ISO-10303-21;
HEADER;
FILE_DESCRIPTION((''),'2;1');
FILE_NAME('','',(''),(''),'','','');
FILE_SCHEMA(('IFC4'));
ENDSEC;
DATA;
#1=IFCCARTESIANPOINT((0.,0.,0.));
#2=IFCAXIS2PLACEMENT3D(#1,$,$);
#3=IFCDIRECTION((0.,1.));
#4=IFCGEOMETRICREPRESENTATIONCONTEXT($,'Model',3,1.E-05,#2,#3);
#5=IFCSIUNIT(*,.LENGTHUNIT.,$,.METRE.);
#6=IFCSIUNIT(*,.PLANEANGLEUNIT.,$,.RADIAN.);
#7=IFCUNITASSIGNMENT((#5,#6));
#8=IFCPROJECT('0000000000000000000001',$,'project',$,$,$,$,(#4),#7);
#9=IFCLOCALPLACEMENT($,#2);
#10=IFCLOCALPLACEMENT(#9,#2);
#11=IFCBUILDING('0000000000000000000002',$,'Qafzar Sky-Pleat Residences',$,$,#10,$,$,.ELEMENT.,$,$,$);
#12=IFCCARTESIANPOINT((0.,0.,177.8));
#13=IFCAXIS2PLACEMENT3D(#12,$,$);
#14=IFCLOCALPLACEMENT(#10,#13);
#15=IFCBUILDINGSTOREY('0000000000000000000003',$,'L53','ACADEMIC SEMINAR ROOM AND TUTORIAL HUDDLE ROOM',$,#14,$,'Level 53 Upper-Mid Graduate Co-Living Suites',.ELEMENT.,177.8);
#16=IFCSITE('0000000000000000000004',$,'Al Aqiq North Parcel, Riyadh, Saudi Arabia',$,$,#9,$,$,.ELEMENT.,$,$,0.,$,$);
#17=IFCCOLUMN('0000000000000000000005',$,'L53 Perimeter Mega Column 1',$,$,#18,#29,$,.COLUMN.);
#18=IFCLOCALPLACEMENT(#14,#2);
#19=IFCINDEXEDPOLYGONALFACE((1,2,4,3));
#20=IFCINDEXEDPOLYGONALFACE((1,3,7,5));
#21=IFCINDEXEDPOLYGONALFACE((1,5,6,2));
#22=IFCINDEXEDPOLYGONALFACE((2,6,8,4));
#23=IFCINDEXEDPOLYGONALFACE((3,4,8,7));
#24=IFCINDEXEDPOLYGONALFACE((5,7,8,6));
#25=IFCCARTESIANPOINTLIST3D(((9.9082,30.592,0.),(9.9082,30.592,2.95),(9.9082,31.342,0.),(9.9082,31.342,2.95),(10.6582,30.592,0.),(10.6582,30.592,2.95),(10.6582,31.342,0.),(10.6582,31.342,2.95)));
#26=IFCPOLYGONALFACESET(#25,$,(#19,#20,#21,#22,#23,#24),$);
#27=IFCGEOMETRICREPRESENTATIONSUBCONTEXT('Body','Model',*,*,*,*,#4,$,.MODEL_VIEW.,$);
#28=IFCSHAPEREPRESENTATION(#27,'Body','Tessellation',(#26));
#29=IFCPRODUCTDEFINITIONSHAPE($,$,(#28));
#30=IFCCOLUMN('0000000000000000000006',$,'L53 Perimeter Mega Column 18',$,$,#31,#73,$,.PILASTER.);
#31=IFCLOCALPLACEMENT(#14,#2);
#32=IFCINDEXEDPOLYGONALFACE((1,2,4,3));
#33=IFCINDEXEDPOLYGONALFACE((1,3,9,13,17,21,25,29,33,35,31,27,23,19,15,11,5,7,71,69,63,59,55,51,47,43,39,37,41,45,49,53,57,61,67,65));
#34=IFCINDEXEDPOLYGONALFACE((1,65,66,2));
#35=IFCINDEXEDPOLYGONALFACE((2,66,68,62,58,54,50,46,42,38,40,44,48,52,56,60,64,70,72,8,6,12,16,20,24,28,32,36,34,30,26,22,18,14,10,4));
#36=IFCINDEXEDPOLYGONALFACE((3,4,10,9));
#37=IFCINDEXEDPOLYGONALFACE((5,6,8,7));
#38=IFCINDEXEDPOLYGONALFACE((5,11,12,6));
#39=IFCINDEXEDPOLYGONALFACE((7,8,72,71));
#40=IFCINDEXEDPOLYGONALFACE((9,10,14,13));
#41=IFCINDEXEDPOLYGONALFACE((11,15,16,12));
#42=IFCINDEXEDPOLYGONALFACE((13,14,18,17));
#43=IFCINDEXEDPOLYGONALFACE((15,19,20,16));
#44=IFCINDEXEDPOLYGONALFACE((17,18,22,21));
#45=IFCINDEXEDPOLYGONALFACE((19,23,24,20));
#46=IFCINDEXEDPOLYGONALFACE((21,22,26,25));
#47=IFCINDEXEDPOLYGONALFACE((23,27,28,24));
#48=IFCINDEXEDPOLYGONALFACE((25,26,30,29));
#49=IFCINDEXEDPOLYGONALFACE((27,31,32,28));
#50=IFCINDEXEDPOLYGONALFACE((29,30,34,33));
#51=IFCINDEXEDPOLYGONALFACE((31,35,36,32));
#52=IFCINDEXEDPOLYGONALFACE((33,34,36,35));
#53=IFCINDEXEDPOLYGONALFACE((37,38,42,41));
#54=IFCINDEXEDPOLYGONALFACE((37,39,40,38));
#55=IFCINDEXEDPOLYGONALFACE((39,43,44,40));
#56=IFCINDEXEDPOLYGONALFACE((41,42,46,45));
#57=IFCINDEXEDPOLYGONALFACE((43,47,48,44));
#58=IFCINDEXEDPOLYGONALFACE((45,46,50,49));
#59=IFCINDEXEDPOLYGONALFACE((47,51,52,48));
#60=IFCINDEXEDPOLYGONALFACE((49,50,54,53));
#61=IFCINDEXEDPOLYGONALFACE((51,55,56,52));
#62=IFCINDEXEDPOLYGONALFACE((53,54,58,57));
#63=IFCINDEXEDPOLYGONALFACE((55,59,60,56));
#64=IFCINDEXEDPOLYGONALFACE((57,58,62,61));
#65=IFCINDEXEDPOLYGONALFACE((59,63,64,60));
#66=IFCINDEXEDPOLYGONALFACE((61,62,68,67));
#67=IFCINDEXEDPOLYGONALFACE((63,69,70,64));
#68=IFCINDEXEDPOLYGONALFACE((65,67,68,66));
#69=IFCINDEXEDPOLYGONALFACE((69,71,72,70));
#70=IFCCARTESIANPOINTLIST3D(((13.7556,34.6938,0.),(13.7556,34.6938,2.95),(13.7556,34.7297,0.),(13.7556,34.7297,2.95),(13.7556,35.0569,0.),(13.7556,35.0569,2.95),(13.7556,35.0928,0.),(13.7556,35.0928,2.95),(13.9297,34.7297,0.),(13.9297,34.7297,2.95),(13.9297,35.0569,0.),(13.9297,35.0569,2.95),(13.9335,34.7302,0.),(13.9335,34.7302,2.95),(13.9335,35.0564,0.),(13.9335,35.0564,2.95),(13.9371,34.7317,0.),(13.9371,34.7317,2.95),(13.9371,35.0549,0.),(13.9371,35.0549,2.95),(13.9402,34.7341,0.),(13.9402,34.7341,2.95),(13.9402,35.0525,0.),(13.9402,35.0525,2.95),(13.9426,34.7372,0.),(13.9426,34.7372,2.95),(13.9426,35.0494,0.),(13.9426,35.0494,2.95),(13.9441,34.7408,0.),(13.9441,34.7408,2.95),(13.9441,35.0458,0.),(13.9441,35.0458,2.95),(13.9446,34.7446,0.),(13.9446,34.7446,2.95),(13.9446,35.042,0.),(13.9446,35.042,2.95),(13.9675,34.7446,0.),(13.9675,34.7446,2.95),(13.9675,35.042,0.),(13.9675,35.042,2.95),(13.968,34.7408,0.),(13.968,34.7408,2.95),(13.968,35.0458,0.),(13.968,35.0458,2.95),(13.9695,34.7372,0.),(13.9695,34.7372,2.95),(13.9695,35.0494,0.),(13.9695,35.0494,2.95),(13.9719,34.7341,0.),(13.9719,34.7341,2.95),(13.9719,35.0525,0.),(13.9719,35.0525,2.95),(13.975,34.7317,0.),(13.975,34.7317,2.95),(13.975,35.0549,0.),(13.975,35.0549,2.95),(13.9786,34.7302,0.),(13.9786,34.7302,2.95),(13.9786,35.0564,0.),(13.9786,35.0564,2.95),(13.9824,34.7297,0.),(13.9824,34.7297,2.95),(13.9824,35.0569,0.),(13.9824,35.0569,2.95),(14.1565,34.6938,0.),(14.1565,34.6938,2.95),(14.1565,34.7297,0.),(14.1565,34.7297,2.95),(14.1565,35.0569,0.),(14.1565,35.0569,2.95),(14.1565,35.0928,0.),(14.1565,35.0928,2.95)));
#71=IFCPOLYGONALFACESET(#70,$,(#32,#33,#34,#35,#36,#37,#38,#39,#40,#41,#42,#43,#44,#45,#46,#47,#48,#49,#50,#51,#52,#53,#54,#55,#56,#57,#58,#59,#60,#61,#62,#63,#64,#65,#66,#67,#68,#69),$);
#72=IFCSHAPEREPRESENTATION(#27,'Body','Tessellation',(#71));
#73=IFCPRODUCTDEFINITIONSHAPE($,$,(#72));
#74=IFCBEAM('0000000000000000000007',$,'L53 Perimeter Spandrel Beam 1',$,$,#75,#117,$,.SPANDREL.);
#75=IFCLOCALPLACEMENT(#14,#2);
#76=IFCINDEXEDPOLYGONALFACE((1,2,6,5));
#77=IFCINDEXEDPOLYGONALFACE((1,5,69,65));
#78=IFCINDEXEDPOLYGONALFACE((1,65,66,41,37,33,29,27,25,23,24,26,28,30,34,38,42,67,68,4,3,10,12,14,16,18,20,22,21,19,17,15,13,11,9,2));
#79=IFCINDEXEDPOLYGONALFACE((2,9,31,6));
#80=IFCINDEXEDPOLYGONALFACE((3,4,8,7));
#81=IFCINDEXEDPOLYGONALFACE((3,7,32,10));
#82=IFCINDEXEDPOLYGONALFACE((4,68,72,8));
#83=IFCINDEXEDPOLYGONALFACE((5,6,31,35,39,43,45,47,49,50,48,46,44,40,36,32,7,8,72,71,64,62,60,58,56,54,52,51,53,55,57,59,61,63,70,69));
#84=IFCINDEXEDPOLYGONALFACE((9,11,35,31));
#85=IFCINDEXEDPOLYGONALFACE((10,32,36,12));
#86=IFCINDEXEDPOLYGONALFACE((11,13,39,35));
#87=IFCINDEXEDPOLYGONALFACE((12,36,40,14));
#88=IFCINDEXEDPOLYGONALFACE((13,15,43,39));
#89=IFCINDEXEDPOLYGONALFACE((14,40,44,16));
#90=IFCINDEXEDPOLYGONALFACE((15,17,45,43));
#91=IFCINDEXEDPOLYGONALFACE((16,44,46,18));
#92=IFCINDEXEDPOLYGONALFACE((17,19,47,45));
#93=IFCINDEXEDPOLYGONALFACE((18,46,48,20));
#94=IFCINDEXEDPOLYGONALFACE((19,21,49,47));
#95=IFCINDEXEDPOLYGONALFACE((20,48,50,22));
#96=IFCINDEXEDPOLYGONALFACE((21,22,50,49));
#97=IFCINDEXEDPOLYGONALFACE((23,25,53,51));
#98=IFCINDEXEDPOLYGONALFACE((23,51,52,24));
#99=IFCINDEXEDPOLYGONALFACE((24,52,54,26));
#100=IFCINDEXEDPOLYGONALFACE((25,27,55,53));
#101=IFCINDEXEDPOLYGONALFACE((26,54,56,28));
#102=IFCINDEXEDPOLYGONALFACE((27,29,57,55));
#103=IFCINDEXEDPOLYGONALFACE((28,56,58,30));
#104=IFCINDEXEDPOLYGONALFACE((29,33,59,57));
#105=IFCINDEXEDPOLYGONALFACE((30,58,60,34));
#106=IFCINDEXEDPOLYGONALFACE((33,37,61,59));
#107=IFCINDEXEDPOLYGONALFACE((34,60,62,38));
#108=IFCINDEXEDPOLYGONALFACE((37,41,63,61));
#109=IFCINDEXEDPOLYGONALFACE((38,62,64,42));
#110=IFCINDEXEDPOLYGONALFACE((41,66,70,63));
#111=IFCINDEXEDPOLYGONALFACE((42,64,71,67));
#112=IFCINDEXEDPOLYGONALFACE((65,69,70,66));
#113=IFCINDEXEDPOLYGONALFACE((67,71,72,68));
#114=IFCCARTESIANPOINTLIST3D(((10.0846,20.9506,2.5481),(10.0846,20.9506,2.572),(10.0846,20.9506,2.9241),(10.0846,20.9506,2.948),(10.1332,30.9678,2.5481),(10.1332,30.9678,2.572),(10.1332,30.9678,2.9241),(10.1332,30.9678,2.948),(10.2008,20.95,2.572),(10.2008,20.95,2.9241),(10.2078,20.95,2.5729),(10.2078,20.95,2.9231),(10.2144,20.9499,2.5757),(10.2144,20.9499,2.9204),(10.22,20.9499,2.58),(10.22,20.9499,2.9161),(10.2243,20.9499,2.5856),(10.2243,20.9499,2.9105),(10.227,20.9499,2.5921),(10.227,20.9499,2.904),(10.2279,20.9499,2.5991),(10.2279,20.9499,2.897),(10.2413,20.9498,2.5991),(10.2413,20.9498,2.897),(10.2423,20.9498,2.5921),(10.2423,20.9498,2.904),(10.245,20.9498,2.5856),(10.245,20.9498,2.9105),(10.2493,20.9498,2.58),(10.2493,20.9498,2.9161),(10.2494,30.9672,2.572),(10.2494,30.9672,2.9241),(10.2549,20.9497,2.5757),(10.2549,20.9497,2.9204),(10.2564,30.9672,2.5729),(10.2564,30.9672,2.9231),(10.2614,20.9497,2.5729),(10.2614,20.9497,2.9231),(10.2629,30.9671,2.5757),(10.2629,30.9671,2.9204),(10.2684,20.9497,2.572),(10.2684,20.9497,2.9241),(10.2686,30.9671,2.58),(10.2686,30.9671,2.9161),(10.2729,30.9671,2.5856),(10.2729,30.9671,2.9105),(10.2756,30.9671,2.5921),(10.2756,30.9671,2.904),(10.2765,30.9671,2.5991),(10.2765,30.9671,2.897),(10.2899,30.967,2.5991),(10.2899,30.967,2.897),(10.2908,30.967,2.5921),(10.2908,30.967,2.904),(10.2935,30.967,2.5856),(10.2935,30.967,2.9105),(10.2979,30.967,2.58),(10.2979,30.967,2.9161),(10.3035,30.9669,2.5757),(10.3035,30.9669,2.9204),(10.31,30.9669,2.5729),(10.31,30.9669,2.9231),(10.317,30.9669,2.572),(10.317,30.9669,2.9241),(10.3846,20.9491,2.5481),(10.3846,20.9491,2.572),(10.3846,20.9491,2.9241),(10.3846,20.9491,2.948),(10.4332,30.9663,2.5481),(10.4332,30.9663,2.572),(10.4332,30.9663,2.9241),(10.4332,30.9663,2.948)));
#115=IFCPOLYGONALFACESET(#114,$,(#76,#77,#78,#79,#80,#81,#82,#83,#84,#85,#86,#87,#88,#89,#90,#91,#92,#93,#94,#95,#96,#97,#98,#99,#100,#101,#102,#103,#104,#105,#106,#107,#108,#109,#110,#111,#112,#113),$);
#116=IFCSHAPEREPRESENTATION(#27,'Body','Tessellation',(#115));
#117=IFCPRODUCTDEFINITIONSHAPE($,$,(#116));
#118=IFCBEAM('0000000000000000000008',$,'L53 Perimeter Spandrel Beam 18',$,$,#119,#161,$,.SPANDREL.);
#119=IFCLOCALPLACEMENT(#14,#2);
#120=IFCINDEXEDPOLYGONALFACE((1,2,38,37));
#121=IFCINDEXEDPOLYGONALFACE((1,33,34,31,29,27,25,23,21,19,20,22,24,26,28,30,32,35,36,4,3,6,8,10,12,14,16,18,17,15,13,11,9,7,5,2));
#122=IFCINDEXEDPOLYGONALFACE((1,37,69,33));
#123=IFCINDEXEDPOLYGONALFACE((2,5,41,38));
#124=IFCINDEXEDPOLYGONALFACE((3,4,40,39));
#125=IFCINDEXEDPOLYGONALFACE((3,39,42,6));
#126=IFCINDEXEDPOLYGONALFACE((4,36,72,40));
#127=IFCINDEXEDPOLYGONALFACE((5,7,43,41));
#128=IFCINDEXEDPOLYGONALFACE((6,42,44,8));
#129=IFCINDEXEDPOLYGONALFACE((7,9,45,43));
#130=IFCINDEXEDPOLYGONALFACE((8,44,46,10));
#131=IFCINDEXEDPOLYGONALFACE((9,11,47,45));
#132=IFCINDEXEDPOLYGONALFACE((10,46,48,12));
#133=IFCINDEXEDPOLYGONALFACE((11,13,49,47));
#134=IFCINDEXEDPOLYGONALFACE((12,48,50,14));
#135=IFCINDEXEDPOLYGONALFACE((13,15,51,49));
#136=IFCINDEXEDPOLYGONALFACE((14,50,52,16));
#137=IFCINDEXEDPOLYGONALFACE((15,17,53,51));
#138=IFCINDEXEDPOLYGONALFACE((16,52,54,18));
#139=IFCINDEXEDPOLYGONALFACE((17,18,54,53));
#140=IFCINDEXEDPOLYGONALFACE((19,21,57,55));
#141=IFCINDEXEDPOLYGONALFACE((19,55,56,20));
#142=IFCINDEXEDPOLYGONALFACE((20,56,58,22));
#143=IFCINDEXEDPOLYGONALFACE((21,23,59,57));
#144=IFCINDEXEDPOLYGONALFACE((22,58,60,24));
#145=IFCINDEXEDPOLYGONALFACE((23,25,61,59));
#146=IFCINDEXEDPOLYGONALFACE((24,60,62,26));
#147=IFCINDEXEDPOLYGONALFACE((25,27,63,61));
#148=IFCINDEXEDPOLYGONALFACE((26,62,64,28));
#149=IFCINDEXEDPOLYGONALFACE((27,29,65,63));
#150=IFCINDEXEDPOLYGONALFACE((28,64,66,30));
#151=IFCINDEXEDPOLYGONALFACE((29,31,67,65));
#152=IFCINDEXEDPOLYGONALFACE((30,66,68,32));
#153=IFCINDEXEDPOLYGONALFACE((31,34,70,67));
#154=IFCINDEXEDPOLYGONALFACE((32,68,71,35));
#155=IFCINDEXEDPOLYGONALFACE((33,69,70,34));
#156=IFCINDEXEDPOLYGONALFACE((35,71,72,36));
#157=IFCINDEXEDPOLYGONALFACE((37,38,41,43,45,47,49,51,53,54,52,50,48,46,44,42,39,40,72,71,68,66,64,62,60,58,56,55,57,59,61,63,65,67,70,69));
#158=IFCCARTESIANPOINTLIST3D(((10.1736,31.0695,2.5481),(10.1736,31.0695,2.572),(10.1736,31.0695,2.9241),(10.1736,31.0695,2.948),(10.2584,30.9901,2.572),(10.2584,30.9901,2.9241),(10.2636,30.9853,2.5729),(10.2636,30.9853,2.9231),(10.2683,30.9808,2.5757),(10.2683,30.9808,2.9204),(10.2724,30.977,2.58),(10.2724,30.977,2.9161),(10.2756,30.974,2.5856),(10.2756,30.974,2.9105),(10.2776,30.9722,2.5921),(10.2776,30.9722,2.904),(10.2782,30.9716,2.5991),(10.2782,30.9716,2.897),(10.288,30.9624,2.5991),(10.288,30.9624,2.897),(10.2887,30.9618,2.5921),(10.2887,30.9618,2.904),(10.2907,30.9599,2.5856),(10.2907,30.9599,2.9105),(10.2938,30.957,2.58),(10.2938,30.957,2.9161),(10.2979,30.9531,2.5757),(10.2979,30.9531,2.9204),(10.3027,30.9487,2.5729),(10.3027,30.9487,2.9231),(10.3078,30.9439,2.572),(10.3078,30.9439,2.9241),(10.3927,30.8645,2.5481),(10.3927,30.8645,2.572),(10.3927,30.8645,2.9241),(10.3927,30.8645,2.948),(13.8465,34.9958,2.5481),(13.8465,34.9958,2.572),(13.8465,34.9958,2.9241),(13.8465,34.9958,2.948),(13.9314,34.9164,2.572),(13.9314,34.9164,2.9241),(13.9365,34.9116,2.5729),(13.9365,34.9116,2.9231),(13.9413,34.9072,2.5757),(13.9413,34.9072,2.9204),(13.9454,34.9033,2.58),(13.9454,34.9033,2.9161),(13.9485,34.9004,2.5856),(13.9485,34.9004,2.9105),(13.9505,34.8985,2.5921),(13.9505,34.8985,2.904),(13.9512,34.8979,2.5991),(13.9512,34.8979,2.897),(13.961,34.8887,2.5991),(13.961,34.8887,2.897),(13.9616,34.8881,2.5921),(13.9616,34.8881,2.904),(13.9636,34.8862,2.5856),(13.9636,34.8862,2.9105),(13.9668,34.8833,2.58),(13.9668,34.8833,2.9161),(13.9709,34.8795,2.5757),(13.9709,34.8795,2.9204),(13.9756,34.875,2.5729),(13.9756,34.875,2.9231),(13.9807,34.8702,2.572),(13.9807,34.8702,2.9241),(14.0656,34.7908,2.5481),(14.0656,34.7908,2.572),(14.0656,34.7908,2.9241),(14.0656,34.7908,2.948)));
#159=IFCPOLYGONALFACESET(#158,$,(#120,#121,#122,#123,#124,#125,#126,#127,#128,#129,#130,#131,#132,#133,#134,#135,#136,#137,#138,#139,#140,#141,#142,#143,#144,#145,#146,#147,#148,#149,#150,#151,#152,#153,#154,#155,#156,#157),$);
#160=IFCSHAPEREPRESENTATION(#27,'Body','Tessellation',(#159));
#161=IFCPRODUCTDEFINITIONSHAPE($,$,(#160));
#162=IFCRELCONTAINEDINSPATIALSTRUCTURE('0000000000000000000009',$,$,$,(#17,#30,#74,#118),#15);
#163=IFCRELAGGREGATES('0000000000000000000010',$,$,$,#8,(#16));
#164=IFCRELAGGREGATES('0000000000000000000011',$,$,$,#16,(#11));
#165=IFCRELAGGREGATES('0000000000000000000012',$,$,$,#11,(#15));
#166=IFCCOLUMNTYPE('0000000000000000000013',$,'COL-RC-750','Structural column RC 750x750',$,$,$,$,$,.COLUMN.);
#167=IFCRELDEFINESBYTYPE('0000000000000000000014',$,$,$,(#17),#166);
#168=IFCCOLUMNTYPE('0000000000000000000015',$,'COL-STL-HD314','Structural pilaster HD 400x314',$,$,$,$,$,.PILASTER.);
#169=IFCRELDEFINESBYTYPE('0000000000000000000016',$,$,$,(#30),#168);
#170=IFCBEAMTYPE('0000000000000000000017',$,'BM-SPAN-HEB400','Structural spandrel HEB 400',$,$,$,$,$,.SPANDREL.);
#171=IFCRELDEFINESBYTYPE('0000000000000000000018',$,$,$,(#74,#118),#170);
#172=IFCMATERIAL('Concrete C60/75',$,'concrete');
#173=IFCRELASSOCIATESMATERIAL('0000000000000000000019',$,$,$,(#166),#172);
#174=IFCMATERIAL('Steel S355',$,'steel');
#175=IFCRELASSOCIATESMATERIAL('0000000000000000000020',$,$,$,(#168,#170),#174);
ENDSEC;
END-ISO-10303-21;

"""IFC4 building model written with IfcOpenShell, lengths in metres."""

from ifc_helpers import new_model, si_unit, direction, frame, origin, origin_2d, place, context, subcontext, project, spatial, rectangle, i_section, extrude, source, transform, mapped, material, material_profile, profile_set, type_object, element, save


model = new_model("IFC4")

# Units and contexts
model_context = context("Model", 3, precision=1e-05, world=origin(), true_north=direction((0.0, 1.0)))
body_context = subcontext(model_context, "Body", "Model", "MODEL_VIEW")
ifc_project = project(units=[si_unit("LENGTHUNIT", "METRE"), si_unit("PLANEANGLEUNIT", "RADIAN")], contexts=[model_context])

# Site, building, storey
site_placement = place(None, origin())
site = spatial("IfcSite", under=ifc_project, at=site_placement, Name="Al Aqiq North Parcel, Riyadh, Saudi Arabia", CompositionType="ELEMENT", RefElevation=0.0)
building_placement = place(site_placement, origin())
building = spatial("IfcBuilding", under=site, at=building_placement, Name="Qafzar Sky-Pleat Residences", CompositionType="ELEMENT")
storey_placement = place(building_placement, frame((0.0, 0.0, 177.8)))
storey = spatial("IfcBuildingStorey", under=building, at=storey_placement, Name="L53", Description="ACADEMIC SEMINAR ROOM AND TUTORIAL HUDDLE ROOM", LongName="Level 53 Upper-Mid Graduate Co-Living Suites", CompositionType="ELEMENT", Elevation=177.8)

# Columns
ifc_material_1 = material(Name="Concrete C60/75", Category="concrete")
ifc_material_profile_1 = material_profile(ifc_material_1, rectangle(XDim=0.75, YDim=0.75, at=origin_2d()), Name="RC 750x750")
ifc_profile_set_1 = profile_set([ifc_material_profile_1], Name="Concrete C60/75")
column_type_1 = type_object("IfcColumnType", Name="COL-RC-750", Description="Structural column RC 750x750", PredefinedType="COLUMN", material=ifc_profile_set_1)
shared_shape_1 = source(origin(), body_context, "Body", "SweptSolid", [
    extrude(rectangle(XDim=0.75, YDim=0.75, at=origin_2d()), origin(), (0.0, 0.0, 1.0), 2.95),
])
column_1_placement = place(storey_placement, frame((10.2832, 30.967, 0.0), z_axis=(0.0, 0.0, 1.0), x_axis=(1.0, 0.0, 0.0)))
element("IfcColumn", 1, at=column_1_placement, inside=storey, type_object=column_type_1, Name="L53 Perimeter Mega Column 1", PredefinedType="COLUMN", context=body_context, shape_type="MappedRepresentation", body=[
    mapped(shared_shape_1, transform((0.0, 0.0, 0.0), x_axis=(1.0, 0.0, 0.0), y_axis=(0.0, 1.0, 0.0), z_axis=(0.0, 0.0, 1.0), scale=1.0)),
])
ifc_material_2 = material(Name="Steel S355", Category="steel")
ifc_material_profile_2 = material_profile(ifc_material_2, i_section(OverallWidth=0.4009, OverallDepth=0.3989, WebThickness=0.0229, FlangeThickness=0.0359, FilletRadius=0.0149, at=origin_2d()), Name="HD 400x314")
ifc_profile_set_2 = profile_set([ifc_material_profile_2], Name="Steel S355")
column_type_2 = type_object("IfcColumnType", Name="COL-STL-HD314", Description="Structural pilaster HD 400x314", PredefinedType="PILASTER", material=ifc_profile_set_2)
shared_shape_2 = source(origin(), body_context, "Body", "SweptSolid", [
    extrude(i_section(OverallWidth=0.4009, OverallDepth=0.3989, WebThickness=0.0229, FlangeThickness=0.0359, FilletRadius=0.0149, at=origin_2d()), origin(), (0.0, 0.0, 1.0), 2.95),
])
column_2_placement = place(storey_placement, frame((13.9561, 34.8933, 0.0), z_axis=(0.0, 0.0, 1.0), x_axis=(1.0, 0.0, 0.0)))
element("IfcColumn", 2, at=column_2_placement, inside=storey, type_object=column_type_2, Name="L53 Perimeter Mega Column 18", PredefinedType="PILASTER", context=body_context, shape_type="MappedRepresentation", body=[
    mapped(shared_shape_2, transform((0.0, 0.0, 0.0), x_axis=(1.0, 0.0, 0.0), y_axis=(0.0, 1.0, 0.0), z_axis=(0.0, 0.0, 1.0), scale=1.0)),
])

# Beams
ifc_material_profile_3 = material_profile(ifc_material_2, i_section(OverallWidth=0.3, OverallDepth=0.3999, WebThickness=0.0134, FlangeThickness=0.0239, FilletRadius=0.0271, at=origin_2d()), Name="HEB 400")
ifc_profile_set_3 = profile_set([ifc_material_profile_3], Name="Steel S355")
beam_type_1 = type_object("IfcBeamType", Name="BM-SPAN-HEB400", Description="Structural spandrel HEB 400", PredefinedType="SPANDREL", material=ifc_profile_set_3)
shared_shape_3 = source(origin(), body_context, "Body", "SweptSolid", [
    extrude(i_section(OverallWidth=0.3, OverallDepth=0.3999, WebThickness=0.0134, FlangeThickness=0.0239, FilletRadius=0.0271, at=origin_2d()), origin(), (0.0, 0.0, 1.0), 10.0173),
])
beam_1_placement = place(storey_placement, frame((10.2832, 30.967, 2.748), z_axis=(-0.00485, -0.999988, 0.0), x_axis=(0.999988, -0.00485, 0.0)))
element("IfcBeam", 3, at=beam_1_placement, inside=storey, type_object=beam_type_1, Name="L53 Perimeter Spandrel Beam 1", PredefinedType="SPANDREL", context=body_context, shape_type="MappedRepresentation", body=[
    mapped(shared_shape_3, transform((0.0, 0.0, 0.0), x_axis=(1.0, 0.0, 0.0), y_axis=(0.0, 1.0, 0.0), z_axis=(0.0, 0.0, 1.0), scale=1.0)),
])
shared_shape_4 = source(origin(), body_context, "Body", "SweptSolid", [
    extrude(i_section(OverallWidth=0.3, OverallDepth=0.3999, WebThickness=0.0134, FlangeThickness=0.0239, FilletRadius=0.0271, at=origin_2d()), origin(), (0.0, 0.0, 1.0), 5.3765),
])
beam_2_placement = place(storey_placement, frame((13.9561, 34.8933, 2.748), z_axis=(-0.683146, -0.730282, 0.0), x_axis=(0.730282, -0.683146, 0.0)))
element("IfcBeam", 4, at=beam_2_placement, inside=storey, type_object=beam_type_1, Name="L53 Perimeter Spandrel Beam 18", PredefinedType="SPANDREL", context=body_context, shape_type="MappedRepresentation", body=[
    mapped(shared_shape_4, transform((0.0, 0.0, 0.0), x_axis=(1.0, 0.0, 0.0), y_axis=(0.0, 1.0, 0.0), z_axis=(0.0, 0.0, 1.0), scale=1.0)),
])

save(model, "model.ifc")
